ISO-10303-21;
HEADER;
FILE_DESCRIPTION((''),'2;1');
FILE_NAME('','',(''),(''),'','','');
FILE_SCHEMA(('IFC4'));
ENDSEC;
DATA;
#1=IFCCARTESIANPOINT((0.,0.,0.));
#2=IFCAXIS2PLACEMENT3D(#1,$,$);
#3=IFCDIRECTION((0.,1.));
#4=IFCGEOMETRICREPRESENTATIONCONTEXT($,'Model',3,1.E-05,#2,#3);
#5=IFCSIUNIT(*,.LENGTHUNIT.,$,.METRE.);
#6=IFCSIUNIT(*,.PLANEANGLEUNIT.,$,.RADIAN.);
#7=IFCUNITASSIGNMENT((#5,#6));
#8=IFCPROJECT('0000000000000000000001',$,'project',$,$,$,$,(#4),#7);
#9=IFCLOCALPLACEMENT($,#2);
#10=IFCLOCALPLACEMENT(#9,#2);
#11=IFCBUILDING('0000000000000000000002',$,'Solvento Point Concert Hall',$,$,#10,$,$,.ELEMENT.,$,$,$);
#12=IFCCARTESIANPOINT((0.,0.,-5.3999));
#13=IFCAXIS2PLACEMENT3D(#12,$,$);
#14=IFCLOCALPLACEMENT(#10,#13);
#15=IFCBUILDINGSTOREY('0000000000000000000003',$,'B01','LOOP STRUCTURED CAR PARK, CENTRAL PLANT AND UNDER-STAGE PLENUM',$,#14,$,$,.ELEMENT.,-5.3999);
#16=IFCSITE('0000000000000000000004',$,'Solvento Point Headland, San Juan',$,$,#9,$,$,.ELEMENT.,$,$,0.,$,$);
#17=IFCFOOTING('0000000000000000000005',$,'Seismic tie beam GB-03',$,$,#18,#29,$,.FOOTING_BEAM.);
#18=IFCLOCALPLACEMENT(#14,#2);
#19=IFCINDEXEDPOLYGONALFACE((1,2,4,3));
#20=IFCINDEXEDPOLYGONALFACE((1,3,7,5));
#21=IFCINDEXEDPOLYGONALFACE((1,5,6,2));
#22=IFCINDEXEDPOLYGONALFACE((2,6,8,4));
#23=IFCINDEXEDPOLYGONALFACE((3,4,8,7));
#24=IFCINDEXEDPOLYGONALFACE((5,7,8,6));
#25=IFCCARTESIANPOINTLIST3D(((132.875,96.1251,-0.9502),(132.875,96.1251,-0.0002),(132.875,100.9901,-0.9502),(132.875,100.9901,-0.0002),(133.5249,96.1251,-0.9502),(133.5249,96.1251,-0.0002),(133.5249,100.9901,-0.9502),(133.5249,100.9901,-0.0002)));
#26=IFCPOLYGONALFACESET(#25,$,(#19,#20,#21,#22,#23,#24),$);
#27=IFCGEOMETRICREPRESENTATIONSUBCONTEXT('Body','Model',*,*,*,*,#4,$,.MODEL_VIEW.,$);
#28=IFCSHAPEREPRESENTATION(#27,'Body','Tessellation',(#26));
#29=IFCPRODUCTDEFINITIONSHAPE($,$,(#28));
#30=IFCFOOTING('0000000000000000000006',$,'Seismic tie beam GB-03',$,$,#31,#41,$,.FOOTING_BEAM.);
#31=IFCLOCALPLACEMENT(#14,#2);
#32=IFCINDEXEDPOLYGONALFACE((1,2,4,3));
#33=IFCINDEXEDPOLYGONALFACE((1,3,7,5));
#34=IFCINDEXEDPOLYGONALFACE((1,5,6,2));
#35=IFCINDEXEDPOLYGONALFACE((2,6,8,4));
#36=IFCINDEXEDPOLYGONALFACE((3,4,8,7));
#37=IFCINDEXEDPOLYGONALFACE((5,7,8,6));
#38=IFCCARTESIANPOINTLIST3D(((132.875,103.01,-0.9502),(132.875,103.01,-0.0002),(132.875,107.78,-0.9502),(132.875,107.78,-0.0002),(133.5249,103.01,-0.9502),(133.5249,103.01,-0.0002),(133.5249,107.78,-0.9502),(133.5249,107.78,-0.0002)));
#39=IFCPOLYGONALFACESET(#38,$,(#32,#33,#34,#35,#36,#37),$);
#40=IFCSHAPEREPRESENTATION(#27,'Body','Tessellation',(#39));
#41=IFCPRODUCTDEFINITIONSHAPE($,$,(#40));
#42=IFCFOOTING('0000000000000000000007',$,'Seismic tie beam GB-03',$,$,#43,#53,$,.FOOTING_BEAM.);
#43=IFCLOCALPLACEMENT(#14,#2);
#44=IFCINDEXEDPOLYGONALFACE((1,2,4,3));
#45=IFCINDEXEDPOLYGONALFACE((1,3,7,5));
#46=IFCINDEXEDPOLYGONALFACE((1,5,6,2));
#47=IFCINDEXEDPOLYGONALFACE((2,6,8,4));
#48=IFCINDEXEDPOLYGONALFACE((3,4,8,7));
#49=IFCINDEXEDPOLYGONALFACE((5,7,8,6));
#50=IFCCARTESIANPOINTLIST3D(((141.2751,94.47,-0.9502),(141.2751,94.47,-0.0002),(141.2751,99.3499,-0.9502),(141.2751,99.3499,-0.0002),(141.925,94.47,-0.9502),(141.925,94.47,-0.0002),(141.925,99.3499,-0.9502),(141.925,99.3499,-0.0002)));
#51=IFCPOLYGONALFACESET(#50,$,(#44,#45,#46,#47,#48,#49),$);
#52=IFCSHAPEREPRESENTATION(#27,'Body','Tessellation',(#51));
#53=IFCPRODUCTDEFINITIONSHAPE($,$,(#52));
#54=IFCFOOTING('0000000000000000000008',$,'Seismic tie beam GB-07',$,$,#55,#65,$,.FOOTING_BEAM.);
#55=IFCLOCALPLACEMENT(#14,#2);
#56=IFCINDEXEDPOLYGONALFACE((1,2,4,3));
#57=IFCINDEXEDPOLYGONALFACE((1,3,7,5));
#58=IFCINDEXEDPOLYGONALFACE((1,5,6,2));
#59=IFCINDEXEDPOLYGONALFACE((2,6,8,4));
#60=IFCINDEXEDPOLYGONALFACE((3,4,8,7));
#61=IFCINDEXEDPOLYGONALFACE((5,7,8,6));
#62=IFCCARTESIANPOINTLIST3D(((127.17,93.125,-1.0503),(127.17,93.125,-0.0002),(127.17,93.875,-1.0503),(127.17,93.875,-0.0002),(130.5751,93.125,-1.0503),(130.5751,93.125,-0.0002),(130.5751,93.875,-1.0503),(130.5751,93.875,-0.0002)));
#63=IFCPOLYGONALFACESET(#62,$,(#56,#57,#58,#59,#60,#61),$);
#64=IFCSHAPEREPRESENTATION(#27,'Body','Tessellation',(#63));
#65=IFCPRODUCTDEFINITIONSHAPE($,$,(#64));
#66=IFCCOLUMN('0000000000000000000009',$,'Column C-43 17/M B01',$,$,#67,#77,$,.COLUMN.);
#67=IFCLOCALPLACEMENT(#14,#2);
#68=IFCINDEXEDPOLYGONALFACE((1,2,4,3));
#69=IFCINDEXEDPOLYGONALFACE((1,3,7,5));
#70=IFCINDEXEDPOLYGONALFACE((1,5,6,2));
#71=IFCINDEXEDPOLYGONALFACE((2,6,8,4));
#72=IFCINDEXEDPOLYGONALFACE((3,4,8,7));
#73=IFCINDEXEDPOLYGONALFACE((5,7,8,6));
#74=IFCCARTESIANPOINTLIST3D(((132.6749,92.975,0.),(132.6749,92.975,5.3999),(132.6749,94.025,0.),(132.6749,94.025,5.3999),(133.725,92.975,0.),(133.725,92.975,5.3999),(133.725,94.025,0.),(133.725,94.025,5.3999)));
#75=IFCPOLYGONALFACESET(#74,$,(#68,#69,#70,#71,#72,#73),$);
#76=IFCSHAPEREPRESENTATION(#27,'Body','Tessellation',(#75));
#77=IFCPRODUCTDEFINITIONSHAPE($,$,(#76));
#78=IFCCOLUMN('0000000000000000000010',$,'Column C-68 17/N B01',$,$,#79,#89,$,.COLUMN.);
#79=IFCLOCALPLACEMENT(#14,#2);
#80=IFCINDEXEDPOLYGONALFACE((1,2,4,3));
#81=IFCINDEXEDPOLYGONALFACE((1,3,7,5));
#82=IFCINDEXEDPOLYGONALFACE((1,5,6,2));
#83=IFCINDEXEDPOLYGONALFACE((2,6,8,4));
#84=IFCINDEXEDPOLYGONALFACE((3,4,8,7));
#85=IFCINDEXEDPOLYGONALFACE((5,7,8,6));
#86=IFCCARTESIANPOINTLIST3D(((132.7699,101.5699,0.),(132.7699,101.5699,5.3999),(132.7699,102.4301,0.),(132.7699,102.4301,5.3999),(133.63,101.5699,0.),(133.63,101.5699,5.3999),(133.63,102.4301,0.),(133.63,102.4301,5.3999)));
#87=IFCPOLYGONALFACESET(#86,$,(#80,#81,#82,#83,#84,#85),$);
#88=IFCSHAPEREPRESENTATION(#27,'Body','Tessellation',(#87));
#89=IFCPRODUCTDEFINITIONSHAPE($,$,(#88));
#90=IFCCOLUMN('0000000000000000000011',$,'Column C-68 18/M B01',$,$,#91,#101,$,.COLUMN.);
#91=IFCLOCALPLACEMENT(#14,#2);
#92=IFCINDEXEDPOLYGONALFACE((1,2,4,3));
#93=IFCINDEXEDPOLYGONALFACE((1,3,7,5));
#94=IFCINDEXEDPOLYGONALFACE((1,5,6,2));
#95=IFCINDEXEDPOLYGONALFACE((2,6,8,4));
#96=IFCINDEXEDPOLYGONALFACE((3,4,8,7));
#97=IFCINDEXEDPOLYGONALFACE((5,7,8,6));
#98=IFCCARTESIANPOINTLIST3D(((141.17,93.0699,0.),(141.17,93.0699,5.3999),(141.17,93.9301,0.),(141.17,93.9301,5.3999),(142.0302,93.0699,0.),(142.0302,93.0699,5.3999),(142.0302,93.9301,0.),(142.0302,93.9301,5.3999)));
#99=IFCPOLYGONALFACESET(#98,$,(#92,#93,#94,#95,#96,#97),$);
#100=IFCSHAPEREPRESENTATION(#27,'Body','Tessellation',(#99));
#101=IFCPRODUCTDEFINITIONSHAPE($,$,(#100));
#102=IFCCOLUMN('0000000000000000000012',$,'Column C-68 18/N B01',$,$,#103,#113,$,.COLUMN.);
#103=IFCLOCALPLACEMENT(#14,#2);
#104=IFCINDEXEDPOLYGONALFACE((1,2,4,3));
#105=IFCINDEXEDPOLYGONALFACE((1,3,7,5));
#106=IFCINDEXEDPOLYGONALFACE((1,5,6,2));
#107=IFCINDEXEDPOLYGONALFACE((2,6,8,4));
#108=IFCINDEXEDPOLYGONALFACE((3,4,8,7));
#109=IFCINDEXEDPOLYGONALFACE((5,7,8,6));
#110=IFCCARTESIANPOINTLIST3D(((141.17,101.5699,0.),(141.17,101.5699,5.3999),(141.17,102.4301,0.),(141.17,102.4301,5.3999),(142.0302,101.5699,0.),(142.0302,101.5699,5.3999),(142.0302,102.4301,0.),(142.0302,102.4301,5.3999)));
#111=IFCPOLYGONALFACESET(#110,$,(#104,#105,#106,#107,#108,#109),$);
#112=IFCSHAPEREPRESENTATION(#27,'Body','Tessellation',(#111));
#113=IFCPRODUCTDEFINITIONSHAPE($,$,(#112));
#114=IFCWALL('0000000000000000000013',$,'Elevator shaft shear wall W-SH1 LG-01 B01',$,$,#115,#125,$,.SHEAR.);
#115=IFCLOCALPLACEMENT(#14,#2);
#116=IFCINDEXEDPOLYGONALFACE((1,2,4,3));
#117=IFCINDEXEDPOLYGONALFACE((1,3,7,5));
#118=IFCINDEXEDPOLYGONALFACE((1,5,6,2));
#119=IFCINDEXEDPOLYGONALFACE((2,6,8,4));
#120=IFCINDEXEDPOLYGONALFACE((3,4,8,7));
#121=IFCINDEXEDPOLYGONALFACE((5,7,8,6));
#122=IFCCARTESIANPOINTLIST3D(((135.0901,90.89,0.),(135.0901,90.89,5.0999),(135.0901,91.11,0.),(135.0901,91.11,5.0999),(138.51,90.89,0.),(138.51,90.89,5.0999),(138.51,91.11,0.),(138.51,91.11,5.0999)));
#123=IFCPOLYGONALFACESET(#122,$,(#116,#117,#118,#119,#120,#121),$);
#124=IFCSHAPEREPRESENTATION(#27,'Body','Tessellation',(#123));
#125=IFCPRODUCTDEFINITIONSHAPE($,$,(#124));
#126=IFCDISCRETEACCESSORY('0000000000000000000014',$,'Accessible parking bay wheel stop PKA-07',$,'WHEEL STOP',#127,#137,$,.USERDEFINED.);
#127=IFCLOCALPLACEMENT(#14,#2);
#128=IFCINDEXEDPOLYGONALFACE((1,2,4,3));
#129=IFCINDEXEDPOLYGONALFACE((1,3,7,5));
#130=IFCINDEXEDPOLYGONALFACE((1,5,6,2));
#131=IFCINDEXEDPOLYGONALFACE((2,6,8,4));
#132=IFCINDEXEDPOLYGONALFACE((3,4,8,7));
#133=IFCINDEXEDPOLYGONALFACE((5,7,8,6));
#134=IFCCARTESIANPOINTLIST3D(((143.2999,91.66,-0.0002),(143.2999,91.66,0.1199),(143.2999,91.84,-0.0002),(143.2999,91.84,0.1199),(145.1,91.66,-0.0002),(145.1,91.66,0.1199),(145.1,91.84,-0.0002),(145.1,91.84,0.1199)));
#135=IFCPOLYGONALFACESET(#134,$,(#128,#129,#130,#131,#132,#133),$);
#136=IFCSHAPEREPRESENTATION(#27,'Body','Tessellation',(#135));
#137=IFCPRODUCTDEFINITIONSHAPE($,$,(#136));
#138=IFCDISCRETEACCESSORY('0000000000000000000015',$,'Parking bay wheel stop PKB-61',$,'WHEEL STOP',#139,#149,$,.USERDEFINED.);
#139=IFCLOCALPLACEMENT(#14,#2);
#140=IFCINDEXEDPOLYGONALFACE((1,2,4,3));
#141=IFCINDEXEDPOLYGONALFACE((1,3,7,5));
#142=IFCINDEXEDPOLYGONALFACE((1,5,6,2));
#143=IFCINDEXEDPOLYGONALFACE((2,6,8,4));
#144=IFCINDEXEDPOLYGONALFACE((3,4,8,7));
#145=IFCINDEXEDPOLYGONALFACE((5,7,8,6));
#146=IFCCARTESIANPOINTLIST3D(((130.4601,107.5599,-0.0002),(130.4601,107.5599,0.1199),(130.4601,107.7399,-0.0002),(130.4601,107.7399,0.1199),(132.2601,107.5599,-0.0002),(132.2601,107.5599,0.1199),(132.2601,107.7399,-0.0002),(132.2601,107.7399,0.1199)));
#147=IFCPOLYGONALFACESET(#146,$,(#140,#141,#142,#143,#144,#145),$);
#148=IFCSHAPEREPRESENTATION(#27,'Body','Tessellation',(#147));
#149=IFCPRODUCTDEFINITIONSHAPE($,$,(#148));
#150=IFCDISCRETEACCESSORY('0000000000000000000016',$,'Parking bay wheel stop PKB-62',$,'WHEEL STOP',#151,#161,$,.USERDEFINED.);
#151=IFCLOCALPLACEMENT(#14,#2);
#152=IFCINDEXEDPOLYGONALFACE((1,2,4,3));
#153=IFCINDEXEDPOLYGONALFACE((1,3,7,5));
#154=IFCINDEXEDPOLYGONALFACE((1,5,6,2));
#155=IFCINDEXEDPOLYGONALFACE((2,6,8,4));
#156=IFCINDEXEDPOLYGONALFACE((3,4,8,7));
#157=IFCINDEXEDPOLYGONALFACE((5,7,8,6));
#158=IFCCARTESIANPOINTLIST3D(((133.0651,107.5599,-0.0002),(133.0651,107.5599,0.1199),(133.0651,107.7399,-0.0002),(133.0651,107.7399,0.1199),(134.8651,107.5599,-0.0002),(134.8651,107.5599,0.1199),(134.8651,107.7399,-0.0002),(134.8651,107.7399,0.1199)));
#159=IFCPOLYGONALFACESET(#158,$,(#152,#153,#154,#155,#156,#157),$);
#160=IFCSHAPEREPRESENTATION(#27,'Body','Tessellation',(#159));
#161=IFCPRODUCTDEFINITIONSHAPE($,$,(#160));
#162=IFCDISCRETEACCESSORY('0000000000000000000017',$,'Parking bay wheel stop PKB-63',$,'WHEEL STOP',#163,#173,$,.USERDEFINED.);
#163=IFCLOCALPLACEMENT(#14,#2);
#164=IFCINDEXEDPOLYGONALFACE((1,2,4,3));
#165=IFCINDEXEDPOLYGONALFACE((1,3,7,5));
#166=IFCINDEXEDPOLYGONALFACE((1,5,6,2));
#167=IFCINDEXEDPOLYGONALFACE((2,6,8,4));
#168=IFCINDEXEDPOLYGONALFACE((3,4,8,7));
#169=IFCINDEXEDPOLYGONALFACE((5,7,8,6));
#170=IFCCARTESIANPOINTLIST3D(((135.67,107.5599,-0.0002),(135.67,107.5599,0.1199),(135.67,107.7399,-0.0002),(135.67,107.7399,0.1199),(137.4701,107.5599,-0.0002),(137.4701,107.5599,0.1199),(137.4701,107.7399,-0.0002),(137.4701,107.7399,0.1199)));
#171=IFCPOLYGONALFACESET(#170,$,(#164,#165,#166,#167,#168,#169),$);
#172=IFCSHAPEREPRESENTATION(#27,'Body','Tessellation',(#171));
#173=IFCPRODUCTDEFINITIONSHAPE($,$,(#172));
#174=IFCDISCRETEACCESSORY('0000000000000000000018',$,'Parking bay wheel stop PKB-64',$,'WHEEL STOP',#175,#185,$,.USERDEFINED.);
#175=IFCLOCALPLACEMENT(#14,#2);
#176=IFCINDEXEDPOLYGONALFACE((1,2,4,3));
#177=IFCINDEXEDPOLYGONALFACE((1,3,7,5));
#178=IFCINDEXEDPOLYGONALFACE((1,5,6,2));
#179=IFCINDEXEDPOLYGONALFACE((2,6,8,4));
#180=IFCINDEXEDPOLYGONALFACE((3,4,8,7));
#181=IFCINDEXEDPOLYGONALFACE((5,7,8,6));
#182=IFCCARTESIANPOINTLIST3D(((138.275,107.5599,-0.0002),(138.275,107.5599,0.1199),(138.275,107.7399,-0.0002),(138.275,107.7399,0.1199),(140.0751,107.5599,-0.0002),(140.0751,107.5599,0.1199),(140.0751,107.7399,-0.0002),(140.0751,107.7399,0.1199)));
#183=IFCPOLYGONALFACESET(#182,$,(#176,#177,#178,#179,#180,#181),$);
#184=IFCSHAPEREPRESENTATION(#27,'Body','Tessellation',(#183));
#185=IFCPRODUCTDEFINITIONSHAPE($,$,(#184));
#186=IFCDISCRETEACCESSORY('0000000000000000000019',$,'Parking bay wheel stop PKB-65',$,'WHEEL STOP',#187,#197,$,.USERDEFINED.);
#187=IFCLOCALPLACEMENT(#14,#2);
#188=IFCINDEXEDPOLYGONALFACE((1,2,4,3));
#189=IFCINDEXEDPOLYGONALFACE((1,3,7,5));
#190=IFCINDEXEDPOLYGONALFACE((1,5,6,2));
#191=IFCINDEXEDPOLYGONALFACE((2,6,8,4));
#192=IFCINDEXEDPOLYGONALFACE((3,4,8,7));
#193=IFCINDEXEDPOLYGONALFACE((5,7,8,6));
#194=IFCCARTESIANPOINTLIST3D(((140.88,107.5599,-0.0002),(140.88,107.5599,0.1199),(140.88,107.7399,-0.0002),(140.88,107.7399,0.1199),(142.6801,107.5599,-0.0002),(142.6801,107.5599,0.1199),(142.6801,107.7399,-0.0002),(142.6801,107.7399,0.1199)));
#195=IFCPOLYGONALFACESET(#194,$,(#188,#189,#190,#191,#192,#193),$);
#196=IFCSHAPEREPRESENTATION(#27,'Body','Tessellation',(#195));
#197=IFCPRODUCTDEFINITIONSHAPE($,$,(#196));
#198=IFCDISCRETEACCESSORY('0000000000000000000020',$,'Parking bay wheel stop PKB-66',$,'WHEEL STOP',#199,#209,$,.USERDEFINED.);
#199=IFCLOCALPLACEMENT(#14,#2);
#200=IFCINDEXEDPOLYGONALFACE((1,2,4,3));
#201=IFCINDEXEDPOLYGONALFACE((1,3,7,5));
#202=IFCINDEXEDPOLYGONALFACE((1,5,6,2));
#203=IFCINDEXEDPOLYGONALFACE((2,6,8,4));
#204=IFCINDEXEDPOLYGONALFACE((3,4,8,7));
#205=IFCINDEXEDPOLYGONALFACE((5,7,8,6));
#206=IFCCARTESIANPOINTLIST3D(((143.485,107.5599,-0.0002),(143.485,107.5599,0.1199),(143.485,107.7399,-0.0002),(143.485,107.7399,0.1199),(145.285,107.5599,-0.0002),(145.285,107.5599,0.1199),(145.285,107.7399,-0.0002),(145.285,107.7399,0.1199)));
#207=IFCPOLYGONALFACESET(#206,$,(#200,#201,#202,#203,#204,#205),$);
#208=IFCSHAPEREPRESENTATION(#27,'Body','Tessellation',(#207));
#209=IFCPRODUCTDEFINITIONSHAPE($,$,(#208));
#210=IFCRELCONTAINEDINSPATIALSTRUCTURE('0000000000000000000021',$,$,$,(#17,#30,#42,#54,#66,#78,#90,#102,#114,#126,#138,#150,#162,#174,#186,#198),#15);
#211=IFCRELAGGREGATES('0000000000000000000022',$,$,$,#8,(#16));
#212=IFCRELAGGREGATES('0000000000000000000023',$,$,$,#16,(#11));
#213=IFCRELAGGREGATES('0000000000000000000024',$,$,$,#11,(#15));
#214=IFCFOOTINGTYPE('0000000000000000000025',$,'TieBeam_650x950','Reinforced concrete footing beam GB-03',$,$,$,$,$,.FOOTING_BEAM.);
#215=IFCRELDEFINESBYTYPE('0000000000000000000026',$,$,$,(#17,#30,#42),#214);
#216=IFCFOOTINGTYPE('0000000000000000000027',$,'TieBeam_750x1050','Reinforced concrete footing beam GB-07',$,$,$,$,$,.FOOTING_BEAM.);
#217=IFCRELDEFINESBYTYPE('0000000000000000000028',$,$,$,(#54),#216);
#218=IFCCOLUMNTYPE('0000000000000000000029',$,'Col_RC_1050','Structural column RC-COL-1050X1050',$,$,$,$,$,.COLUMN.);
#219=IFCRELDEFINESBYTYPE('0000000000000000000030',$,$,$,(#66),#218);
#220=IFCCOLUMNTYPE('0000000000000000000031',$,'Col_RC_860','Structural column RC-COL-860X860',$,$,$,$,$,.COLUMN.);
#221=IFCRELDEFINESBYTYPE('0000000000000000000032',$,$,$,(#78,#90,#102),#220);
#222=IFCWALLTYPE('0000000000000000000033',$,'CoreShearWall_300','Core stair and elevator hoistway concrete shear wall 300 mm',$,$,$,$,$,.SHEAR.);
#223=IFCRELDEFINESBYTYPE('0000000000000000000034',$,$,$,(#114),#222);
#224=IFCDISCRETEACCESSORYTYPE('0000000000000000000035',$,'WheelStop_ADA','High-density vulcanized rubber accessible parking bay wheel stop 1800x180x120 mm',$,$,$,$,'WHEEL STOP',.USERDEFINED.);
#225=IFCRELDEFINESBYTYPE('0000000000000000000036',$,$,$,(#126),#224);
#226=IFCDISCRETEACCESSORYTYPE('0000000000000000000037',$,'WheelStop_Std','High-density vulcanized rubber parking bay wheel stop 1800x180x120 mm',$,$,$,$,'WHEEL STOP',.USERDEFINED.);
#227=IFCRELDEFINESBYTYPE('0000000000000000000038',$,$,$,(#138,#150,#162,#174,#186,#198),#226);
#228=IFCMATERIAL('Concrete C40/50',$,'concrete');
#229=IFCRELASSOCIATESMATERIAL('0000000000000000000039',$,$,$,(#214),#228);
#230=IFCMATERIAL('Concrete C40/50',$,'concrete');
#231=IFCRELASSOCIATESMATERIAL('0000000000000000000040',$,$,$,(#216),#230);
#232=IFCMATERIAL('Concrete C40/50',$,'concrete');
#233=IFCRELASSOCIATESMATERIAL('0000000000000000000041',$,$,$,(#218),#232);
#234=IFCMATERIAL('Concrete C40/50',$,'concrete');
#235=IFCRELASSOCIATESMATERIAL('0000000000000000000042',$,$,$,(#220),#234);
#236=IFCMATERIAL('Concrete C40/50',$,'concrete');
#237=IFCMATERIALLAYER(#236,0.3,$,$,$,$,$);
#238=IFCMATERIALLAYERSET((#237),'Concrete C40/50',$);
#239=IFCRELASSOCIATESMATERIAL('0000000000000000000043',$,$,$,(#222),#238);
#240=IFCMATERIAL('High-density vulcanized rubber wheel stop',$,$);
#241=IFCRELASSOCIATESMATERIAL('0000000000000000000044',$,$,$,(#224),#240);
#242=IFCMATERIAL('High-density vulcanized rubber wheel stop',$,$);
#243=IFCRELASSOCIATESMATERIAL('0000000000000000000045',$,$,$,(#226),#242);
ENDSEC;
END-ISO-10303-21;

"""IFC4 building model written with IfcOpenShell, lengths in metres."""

from ifc_helpers import new_model, si_unit, direction, frame, frame_2d, origin, origin_2d, place, context, subcontext, project, spatial, rectangle, extrude, material, layer, layer_set, material_profile, profile_set, type_object, element, save


model = new_model("IFC4")

# Units and contexts
model_context = context("Model", 3, precision=1e-05, world=origin(), true_north=direction((0.0, 1.0)))
body_context = subcontext(model_context, "Body", "Model", "MODEL_VIEW")
ifc_project = project(units=[si_unit("LENGTHUNIT", "METRE"), si_unit("PLANEANGLEUNIT", "RADIAN")], contexts=[model_context])

# Site, building, storey
site_placement = place(None, origin())
site = spatial("IfcSite", under=ifc_project, at=site_placement, Name="Solvento Point Headland, San Juan", CompositionType="ELEMENT", RefElevation=0.0)
building_placement = place(site_placement, origin())
building = spatial("IfcBuilding", under=site, at=building_placement, Name="Solvento Point Concert Hall", CompositionType="ELEMENT")
storey_placement = place(building_placement, frame((0.0, 0.0, -5.3999)))
storey = spatial("IfcBuildingStorey", under=building, at=storey_placement, Name="B01", Description="LOOP STRUCTURED CAR PARK, CENTRAL PLANT AND UNDER-STAGE PLENUM", CompositionType="ELEMENT", Elevation=-5.3999)

# Footings
ifc_material_1 = material(Name="Concrete C40/50", Category="concrete")
footing_type_1 = type_object("IfcFootingType", Name="TieBeam_650x950", Description="Reinforced concrete footing beam GB-03", PredefinedType="FOOTING_BEAM", material=ifc_material_1)
footing_1_placement = place(storey_placement, frame((133.2, 98.5576, -0.9502), z_axis=(0.0, 0.0, 1.0), x_axis=(0.0, 1.0, 0.0)))
element("IfcFooting", 1, at=footing_1_placement, inside=storey, type_object=footing_type_1, Name="Seismic tie beam GB-03", PredefinedType="FOOTING_BEAM", context=body_context, shape_type="SweptSolid", body=[
    extrude(rectangle(XDim=4.865, YDim=0.6499, at=origin_2d()), origin(), (0.0, 0.0, 1.0), 0.95),
])
footing_2_placement = place(storey_placement, frame((133.2, 105.395, -0.9502), z_axis=(0.0, 0.0, 1.0), x_axis=(0.0, 1.0, 0.0)))
element("IfcFooting", 2, at=footing_2_placement, inside=storey, type_object=footing_type_1, Name="Seismic tie beam GB-03", PredefinedType="FOOTING_BEAM", context=body_context, shape_type="SweptSolid", body=[
    extrude(rectangle(XDim=4.77, YDim=0.6499, at=origin_2d()), origin(), (0.0, 0.0, 1.0), 0.95),
])
footing_3_placement = place(storey_placement, frame((141.6001, 96.9099, -0.9502), z_axis=(0.0, 0.0, 1.0), x_axis=(0.0, 1.0, 0.0)))
element("IfcFooting", 3, at=footing_3_placement, inside=storey, type_object=footing_type_1, Name="Seismic tie beam GB-03", PredefinedType="FOOTING_BEAM", context=body_context, shape_type="SweptSolid", body=[
    extrude(rectangle(XDim=4.8799, YDim=0.6499, at=origin_2d()), origin(), (0.0, 0.0, 1.0), 0.95),
])
ifc_material_2 = material(Name="Concrete C40/50", Category="concrete")
footing_type_2 = type_object("IfcFootingType", Name="TieBeam_750x1050", Description="Reinforced concrete footing beam GB-07", PredefinedType="FOOTING_BEAM", material=ifc_material_2)
footing_4_placement = place(storey_placement, frame((128.8726, 93.5, -1.0503), z_axis=(0.0, 0.0, 1.0), x_axis=(1.0, 0.0, 0.0)))
element("IfcFooting", 4, at=footing_4_placement, inside=storey, type_object=footing_type_2, Name="Seismic tie beam GB-07", PredefinedType="FOOTING_BEAM", context=body_context, shape_type="SweptSolid", body=[
    extrude(rectangle(XDim=3.405, YDim=0.75, at=origin_2d()), origin(), (0.0, 0.0, 1.0), 1.05),
])

# Columns
ifc_material_3 = material(Name="Concrete C40/50", Category="concrete")
ifc_material_profile_1 = material_profile(ifc_material_3, rectangle(XDim=1.05, YDim=1.05, at=origin_2d()), Name="RC-COL-1050X1050")
ifc_profile_set_1 = profile_set([ifc_material_profile_1], Name="Concrete C40/50")
column_type_1 = type_object("IfcColumnType", Name="Col_RC_1050", Description="Structural column RC-COL-1050X1050", PredefinedType="COLUMN", material=ifc_profile_set_1)
column_placement = place(storey_placement, frame((133.2, 93.5, 0.0), z_axis=(0.0, 0.0, 1.0), x_axis=(1.0, 0.0, 0.0)))
element("IfcColumn", 5, at=column_placement, inside=storey, type_object=column_type_1, Name="Column C-43 17/M B01", PredefinedType="COLUMN", context=body_context, shape_type="SweptSolid", body=[
    extrude(rectangle(XDim=1.05, YDim=1.05, at=origin_2d()), origin(), (0.0, 0.0, 1.0), 5.3999),
])
ifc_material_4 = material(Name="Concrete C40/50", Category="concrete")
ifc_material_profile_2 = material_profile(ifc_material_4, rectangle(XDim=0.8601, YDim=0.8601, at=origin_2d()), Name="RC-COL-860X860")
ifc_profile_set_2 = profile_set([ifc_material_profile_2], Name="Concrete C40/50")
column_type_2 = type_object("IfcColumnType", Name="Col_RC_860", Description="Structural column RC-COL-860X860", PredefinedType="COLUMN", material=ifc_profile_set_2)
for number, where, z_axis, x_axis, name in (
    (6, (133.2, 102.0, 0.0), (0.0, 0.0, 1.0), (1.0, 0.0, 0.0), "Column C-68 17/N B01"),
    (7, (141.6001, 93.5, 0.0), (0.0, 0.0, 1.0), (1.0, 0.0, 0.0), "Column C-68 18/M B01"),
    (8, (141.6001, 102.0, 0.0), (0.0, 0.0, 1.0), (1.0, 0.0, 0.0), "Column C-68 18/N B01"),
):
    element("IfcColumn", number, at=place(storey_placement, frame(where, z_axis=z_axis, x_axis=x_axis)), inside=storey, type_object=column_type_2, Name=name, PredefinedType="COLUMN", context=body_context, shape_type="SweptSolid", body=[
        extrude(rectangle(XDim=0.8601, YDim=0.8601, at=origin_2d()), origin(), (0.0, 0.0, 1.0), 5.3999),
    ])

# Wall
ifc_material_5 = material(Name="Concrete C40/50", Category="concrete")
ifc_layer = layer(ifc_material_5, 0.3)
ifc_layer_set = layer_set([ifc_layer], Name="Concrete C40/50")
wall_type = type_object("IfcWallType", Name="CoreShearWall_300", Description="Core stair and elevator hoistway concrete shear wall 300 mm", PredefinedType="SHEAR", material=ifc_layer_set)
wall_placement = place(storey_placement, frame((135.0901, 91.0, 0.0), z_axis=(0.0, 0.0, 1.0), x_axis=(1.0, 0.0, 0.0)))
element("IfcWall", 9, at=wall_placement, inside=storey, type_object=wall_type, Name="Elevator shaft shear wall W-SH1 LG-01 B01", PredefinedType="SHEAR", context=body_context, shape_type="SweptSolid", body=[
    extrude(rectangle(XDim=3.4199, YDim=0.22, at=frame_2d((1.71, 0.0))), origin(), (0.0, 0.0, 1.0), 5.0999),
])

# Discrete accessories
ifc_material_6 = material(Name="High-density vulcanized rubber wheel stop")
discrete_accessory_type_1 = type_object("IfcDiscreteAccessoryType", Name="WheelStop_ADA", Description="High-density vulcanized rubber accessible parking bay wheel stop 1800x180x120 mm", ElementType="WHEEL STOP", PredefinedType="USERDEFINED", material=ifc_material_6)
discrete_accessory_placement = place(storey_placement, frame((144.2, 91.75, -0.0002), z_axis=(0.0, 0.0, 1.0), x_axis=(1.0, 0.0, 0.0)))
element("IfcDiscreteAccessory", 10, at=discrete_accessory_placement, inside=storey, type_object=discrete_accessory_type_1, Name="Accessible parking bay wheel stop PKA-07", ObjectType="WHEEL STOP", PredefinedType="USERDEFINED", context=body_context, shape_type="SweptSolid", body=[
    extrude(rectangle(XDim=1.8, YDim=0.1799, at=origin_2d()), origin(), (0.0, 0.0, 1.0), 0.1201),
])
ifc_material_7 = material(Name="High-density vulcanized rubber wheel stop")
discrete_accessory_type_2 = type_object("IfcDiscreteAccessoryType", Name="WheelStop_Std", Description="High-density vulcanized rubber parking bay wheel stop 1800x180x120 mm", ElementType="WHEEL STOP", PredefinedType="USERDEFINED", material=ifc_material_7)
for number, where, z_axis, x_axis, name in (
    (11, (131.3601, 107.6499, -0.0002), (0.0, 0.0, 1.0), (1.0, 0.0, 0.0), "Parking bay wheel stop PKB-61"),
    (12, (133.9651, 107.6499, -0.0002), (0.0, 0.0, 1.0), (1.0, 0.0, 0.0), "Parking bay wheel stop PKB-62"),
    (13, (136.5701, 107.6499, -0.0002), (0.0, 0.0, 1.0), (1.0, 0.0, 0.0), "Parking bay wheel stop PKB-63"),
    (14, (139.175, 107.6499, -0.0002), (0.0, 0.0, 1.0), (1.0, 0.0, 0.0), "Parking bay wheel stop PKB-64"),
    (15, (141.78, 107.6499, -0.0002), (0.0, 0.0, 1.0), (1.0, 0.0, 0.0), "Parking bay wheel stop PKB-65"),
    (16, (144.385, 107.6499, -0.0002), (0.0, 0.0, 1.0), (1.0, 0.0, 0.0), "Parking bay wheel stop PKB-66"),
):
    element("IfcDiscreteAccessory", number, at=place(storey_placement, frame(where, z_axis=z_axis, x_axis=x_axis)), inside=storey, type_object=discrete_accessory_type_2, Name=name, ObjectType="WHEEL STOP", PredefinedType="USERDEFINED", context=body_context, shape_type="SweptSolid", body=[
        extrude(rectangle(XDim=1.8, YDim=0.1799, at=origin_2d()), origin(), (0.0, 0.0, 1.0), 0.1201),
    ])

save(model, "model.ifc")
